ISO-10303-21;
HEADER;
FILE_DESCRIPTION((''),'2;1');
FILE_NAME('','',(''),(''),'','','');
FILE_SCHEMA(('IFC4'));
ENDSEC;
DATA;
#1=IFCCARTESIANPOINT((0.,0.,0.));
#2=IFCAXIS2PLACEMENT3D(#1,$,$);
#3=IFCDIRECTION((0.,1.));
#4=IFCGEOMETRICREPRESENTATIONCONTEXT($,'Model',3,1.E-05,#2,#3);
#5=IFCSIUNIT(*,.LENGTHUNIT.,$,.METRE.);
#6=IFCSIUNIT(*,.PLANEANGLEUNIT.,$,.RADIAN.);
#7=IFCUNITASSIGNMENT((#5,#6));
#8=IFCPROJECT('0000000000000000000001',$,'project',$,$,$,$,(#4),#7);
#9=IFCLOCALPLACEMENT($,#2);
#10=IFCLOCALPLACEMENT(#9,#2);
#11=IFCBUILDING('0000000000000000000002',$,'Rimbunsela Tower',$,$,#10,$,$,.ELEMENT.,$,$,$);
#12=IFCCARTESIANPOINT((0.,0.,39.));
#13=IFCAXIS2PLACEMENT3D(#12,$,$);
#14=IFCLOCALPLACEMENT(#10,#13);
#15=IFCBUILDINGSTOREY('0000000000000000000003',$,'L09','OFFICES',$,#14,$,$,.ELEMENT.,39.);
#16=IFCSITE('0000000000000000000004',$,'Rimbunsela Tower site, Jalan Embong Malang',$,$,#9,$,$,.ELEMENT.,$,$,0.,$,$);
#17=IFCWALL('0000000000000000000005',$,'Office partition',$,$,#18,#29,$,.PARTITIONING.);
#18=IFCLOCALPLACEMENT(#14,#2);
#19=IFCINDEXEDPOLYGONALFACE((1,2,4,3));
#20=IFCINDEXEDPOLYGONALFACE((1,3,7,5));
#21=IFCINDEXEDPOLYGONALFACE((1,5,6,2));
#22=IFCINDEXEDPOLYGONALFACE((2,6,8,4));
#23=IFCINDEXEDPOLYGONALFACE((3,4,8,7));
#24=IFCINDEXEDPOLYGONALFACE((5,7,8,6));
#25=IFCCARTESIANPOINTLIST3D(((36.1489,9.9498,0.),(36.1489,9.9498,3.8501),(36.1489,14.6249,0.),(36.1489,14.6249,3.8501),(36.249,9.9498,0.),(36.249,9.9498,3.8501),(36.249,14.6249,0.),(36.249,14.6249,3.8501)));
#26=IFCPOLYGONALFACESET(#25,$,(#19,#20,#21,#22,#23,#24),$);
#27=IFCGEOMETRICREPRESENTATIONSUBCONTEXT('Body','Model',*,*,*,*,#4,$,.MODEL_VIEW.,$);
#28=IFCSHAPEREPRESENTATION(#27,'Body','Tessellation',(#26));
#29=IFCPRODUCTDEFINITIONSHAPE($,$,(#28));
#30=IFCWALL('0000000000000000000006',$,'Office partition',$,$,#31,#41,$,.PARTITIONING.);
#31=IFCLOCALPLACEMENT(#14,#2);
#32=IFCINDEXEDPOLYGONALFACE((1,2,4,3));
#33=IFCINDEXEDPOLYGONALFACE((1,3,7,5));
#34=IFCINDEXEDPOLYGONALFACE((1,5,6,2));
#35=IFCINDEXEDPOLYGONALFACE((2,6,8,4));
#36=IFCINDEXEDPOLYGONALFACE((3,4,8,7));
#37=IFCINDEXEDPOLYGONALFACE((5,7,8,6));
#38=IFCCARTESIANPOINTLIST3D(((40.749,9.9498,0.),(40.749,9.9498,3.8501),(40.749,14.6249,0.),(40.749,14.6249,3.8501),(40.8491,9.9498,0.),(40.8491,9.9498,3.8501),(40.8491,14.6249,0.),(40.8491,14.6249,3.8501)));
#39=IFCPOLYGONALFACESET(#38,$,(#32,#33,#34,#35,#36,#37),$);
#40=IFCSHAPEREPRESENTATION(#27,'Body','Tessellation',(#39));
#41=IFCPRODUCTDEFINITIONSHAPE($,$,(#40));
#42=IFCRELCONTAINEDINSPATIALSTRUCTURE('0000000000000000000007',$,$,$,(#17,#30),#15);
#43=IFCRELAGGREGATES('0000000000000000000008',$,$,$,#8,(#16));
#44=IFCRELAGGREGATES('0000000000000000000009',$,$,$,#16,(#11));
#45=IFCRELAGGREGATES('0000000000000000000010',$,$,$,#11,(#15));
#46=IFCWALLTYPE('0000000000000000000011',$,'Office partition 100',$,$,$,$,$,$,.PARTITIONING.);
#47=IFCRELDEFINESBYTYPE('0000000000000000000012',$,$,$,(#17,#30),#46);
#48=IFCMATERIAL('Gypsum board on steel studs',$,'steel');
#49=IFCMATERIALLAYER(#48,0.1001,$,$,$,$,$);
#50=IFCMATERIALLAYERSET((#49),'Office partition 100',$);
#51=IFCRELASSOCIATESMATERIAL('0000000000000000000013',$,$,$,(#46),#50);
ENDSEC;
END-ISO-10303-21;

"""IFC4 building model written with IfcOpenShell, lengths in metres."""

from ifc_helpers import new_model, si_unit, direction, frame, frame_2d, origin, place, context, subcontext, project, spatial, rectangle, extrude, material, layer, layer_set, type_object, element, save


model = new_model("IFC4")

# Units and contexts
model_context = context("Model", 3, precision=1e-05, world=origin(), true_north=direction((0.0, 1.0)))
body_context = subcontext(model_context, "Body", "Model", "MODEL_VIEW")
ifc_project = project(units=[si_unit("LENGTHUNIT", "METRE"), si_unit("PLANEANGLEUNIT", "RADIAN")], contexts=[model_context])

# Site, building, storey
site_placement = place(None, origin())
site = spatial("IfcSite", under=ifc_project, at=site_placement, Name="Rimbunsela Tower site, Jalan Embong Malang", CompositionType="ELEMENT", RefElevation=0.0)
building_placement = place(site_placement, origin())
building = spatial("IfcBuilding", under=site, at=building_placement, Name="Rimbunsela Tower", CompositionType="ELEMENT")
storey_placement = place(building_placement, frame((0.0, 0.0, 39.0)))
storey = spatial("IfcBuildingStorey", under=building, at=storey_placement, Name="L09", Description="OFFICES", CompositionType="ELEMENT", Elevation=39.0)

# Shared definitions
ifc_material_1 = material(Name="Gypsum board on steel studs", Category="steel")
ifc_layer_1 = layer(ifc_material_1, 0.1001)
ifc_layer_set_1 = layer_set([ifc_layer_1], Name="Office partition 100")
wall_type_1 = type_object("IfcWallType", Name="Office partition 100", PredefinedType="PARTITIONING", material=ifc_layer_set_1)

# Walls
for number, where, z_axis, x_axis, name in (
    (1, (36.199, 9.95, 0.0), (0.0, 0.0, 1.0), (0.0, 1.0, 0.0), "Office partition"),
    (2, (40.7991, 9.95, 0.0), (0.0, 0.0, 1.0), (0.0, 1.0, 0.0), "Office partition"),
):
    element("IfcWall", number, at=place(storey_placement, frame(where, z_axis=z_axis, x_axis=x_axis)), inside=storey, type_object=wall_type_1, Name=name, PredefinedType="PARTITIONING", context=body_context, shape_type="SweptSolid", body=[
        extrude(rectangle(XDim=4.675, YDim=0.1001, at=frame_2d((2.3374, 0.0))), origin(), (0.0, 0.0, 1.0), 3.8501),
    ])

save(model, "model.ifc")
